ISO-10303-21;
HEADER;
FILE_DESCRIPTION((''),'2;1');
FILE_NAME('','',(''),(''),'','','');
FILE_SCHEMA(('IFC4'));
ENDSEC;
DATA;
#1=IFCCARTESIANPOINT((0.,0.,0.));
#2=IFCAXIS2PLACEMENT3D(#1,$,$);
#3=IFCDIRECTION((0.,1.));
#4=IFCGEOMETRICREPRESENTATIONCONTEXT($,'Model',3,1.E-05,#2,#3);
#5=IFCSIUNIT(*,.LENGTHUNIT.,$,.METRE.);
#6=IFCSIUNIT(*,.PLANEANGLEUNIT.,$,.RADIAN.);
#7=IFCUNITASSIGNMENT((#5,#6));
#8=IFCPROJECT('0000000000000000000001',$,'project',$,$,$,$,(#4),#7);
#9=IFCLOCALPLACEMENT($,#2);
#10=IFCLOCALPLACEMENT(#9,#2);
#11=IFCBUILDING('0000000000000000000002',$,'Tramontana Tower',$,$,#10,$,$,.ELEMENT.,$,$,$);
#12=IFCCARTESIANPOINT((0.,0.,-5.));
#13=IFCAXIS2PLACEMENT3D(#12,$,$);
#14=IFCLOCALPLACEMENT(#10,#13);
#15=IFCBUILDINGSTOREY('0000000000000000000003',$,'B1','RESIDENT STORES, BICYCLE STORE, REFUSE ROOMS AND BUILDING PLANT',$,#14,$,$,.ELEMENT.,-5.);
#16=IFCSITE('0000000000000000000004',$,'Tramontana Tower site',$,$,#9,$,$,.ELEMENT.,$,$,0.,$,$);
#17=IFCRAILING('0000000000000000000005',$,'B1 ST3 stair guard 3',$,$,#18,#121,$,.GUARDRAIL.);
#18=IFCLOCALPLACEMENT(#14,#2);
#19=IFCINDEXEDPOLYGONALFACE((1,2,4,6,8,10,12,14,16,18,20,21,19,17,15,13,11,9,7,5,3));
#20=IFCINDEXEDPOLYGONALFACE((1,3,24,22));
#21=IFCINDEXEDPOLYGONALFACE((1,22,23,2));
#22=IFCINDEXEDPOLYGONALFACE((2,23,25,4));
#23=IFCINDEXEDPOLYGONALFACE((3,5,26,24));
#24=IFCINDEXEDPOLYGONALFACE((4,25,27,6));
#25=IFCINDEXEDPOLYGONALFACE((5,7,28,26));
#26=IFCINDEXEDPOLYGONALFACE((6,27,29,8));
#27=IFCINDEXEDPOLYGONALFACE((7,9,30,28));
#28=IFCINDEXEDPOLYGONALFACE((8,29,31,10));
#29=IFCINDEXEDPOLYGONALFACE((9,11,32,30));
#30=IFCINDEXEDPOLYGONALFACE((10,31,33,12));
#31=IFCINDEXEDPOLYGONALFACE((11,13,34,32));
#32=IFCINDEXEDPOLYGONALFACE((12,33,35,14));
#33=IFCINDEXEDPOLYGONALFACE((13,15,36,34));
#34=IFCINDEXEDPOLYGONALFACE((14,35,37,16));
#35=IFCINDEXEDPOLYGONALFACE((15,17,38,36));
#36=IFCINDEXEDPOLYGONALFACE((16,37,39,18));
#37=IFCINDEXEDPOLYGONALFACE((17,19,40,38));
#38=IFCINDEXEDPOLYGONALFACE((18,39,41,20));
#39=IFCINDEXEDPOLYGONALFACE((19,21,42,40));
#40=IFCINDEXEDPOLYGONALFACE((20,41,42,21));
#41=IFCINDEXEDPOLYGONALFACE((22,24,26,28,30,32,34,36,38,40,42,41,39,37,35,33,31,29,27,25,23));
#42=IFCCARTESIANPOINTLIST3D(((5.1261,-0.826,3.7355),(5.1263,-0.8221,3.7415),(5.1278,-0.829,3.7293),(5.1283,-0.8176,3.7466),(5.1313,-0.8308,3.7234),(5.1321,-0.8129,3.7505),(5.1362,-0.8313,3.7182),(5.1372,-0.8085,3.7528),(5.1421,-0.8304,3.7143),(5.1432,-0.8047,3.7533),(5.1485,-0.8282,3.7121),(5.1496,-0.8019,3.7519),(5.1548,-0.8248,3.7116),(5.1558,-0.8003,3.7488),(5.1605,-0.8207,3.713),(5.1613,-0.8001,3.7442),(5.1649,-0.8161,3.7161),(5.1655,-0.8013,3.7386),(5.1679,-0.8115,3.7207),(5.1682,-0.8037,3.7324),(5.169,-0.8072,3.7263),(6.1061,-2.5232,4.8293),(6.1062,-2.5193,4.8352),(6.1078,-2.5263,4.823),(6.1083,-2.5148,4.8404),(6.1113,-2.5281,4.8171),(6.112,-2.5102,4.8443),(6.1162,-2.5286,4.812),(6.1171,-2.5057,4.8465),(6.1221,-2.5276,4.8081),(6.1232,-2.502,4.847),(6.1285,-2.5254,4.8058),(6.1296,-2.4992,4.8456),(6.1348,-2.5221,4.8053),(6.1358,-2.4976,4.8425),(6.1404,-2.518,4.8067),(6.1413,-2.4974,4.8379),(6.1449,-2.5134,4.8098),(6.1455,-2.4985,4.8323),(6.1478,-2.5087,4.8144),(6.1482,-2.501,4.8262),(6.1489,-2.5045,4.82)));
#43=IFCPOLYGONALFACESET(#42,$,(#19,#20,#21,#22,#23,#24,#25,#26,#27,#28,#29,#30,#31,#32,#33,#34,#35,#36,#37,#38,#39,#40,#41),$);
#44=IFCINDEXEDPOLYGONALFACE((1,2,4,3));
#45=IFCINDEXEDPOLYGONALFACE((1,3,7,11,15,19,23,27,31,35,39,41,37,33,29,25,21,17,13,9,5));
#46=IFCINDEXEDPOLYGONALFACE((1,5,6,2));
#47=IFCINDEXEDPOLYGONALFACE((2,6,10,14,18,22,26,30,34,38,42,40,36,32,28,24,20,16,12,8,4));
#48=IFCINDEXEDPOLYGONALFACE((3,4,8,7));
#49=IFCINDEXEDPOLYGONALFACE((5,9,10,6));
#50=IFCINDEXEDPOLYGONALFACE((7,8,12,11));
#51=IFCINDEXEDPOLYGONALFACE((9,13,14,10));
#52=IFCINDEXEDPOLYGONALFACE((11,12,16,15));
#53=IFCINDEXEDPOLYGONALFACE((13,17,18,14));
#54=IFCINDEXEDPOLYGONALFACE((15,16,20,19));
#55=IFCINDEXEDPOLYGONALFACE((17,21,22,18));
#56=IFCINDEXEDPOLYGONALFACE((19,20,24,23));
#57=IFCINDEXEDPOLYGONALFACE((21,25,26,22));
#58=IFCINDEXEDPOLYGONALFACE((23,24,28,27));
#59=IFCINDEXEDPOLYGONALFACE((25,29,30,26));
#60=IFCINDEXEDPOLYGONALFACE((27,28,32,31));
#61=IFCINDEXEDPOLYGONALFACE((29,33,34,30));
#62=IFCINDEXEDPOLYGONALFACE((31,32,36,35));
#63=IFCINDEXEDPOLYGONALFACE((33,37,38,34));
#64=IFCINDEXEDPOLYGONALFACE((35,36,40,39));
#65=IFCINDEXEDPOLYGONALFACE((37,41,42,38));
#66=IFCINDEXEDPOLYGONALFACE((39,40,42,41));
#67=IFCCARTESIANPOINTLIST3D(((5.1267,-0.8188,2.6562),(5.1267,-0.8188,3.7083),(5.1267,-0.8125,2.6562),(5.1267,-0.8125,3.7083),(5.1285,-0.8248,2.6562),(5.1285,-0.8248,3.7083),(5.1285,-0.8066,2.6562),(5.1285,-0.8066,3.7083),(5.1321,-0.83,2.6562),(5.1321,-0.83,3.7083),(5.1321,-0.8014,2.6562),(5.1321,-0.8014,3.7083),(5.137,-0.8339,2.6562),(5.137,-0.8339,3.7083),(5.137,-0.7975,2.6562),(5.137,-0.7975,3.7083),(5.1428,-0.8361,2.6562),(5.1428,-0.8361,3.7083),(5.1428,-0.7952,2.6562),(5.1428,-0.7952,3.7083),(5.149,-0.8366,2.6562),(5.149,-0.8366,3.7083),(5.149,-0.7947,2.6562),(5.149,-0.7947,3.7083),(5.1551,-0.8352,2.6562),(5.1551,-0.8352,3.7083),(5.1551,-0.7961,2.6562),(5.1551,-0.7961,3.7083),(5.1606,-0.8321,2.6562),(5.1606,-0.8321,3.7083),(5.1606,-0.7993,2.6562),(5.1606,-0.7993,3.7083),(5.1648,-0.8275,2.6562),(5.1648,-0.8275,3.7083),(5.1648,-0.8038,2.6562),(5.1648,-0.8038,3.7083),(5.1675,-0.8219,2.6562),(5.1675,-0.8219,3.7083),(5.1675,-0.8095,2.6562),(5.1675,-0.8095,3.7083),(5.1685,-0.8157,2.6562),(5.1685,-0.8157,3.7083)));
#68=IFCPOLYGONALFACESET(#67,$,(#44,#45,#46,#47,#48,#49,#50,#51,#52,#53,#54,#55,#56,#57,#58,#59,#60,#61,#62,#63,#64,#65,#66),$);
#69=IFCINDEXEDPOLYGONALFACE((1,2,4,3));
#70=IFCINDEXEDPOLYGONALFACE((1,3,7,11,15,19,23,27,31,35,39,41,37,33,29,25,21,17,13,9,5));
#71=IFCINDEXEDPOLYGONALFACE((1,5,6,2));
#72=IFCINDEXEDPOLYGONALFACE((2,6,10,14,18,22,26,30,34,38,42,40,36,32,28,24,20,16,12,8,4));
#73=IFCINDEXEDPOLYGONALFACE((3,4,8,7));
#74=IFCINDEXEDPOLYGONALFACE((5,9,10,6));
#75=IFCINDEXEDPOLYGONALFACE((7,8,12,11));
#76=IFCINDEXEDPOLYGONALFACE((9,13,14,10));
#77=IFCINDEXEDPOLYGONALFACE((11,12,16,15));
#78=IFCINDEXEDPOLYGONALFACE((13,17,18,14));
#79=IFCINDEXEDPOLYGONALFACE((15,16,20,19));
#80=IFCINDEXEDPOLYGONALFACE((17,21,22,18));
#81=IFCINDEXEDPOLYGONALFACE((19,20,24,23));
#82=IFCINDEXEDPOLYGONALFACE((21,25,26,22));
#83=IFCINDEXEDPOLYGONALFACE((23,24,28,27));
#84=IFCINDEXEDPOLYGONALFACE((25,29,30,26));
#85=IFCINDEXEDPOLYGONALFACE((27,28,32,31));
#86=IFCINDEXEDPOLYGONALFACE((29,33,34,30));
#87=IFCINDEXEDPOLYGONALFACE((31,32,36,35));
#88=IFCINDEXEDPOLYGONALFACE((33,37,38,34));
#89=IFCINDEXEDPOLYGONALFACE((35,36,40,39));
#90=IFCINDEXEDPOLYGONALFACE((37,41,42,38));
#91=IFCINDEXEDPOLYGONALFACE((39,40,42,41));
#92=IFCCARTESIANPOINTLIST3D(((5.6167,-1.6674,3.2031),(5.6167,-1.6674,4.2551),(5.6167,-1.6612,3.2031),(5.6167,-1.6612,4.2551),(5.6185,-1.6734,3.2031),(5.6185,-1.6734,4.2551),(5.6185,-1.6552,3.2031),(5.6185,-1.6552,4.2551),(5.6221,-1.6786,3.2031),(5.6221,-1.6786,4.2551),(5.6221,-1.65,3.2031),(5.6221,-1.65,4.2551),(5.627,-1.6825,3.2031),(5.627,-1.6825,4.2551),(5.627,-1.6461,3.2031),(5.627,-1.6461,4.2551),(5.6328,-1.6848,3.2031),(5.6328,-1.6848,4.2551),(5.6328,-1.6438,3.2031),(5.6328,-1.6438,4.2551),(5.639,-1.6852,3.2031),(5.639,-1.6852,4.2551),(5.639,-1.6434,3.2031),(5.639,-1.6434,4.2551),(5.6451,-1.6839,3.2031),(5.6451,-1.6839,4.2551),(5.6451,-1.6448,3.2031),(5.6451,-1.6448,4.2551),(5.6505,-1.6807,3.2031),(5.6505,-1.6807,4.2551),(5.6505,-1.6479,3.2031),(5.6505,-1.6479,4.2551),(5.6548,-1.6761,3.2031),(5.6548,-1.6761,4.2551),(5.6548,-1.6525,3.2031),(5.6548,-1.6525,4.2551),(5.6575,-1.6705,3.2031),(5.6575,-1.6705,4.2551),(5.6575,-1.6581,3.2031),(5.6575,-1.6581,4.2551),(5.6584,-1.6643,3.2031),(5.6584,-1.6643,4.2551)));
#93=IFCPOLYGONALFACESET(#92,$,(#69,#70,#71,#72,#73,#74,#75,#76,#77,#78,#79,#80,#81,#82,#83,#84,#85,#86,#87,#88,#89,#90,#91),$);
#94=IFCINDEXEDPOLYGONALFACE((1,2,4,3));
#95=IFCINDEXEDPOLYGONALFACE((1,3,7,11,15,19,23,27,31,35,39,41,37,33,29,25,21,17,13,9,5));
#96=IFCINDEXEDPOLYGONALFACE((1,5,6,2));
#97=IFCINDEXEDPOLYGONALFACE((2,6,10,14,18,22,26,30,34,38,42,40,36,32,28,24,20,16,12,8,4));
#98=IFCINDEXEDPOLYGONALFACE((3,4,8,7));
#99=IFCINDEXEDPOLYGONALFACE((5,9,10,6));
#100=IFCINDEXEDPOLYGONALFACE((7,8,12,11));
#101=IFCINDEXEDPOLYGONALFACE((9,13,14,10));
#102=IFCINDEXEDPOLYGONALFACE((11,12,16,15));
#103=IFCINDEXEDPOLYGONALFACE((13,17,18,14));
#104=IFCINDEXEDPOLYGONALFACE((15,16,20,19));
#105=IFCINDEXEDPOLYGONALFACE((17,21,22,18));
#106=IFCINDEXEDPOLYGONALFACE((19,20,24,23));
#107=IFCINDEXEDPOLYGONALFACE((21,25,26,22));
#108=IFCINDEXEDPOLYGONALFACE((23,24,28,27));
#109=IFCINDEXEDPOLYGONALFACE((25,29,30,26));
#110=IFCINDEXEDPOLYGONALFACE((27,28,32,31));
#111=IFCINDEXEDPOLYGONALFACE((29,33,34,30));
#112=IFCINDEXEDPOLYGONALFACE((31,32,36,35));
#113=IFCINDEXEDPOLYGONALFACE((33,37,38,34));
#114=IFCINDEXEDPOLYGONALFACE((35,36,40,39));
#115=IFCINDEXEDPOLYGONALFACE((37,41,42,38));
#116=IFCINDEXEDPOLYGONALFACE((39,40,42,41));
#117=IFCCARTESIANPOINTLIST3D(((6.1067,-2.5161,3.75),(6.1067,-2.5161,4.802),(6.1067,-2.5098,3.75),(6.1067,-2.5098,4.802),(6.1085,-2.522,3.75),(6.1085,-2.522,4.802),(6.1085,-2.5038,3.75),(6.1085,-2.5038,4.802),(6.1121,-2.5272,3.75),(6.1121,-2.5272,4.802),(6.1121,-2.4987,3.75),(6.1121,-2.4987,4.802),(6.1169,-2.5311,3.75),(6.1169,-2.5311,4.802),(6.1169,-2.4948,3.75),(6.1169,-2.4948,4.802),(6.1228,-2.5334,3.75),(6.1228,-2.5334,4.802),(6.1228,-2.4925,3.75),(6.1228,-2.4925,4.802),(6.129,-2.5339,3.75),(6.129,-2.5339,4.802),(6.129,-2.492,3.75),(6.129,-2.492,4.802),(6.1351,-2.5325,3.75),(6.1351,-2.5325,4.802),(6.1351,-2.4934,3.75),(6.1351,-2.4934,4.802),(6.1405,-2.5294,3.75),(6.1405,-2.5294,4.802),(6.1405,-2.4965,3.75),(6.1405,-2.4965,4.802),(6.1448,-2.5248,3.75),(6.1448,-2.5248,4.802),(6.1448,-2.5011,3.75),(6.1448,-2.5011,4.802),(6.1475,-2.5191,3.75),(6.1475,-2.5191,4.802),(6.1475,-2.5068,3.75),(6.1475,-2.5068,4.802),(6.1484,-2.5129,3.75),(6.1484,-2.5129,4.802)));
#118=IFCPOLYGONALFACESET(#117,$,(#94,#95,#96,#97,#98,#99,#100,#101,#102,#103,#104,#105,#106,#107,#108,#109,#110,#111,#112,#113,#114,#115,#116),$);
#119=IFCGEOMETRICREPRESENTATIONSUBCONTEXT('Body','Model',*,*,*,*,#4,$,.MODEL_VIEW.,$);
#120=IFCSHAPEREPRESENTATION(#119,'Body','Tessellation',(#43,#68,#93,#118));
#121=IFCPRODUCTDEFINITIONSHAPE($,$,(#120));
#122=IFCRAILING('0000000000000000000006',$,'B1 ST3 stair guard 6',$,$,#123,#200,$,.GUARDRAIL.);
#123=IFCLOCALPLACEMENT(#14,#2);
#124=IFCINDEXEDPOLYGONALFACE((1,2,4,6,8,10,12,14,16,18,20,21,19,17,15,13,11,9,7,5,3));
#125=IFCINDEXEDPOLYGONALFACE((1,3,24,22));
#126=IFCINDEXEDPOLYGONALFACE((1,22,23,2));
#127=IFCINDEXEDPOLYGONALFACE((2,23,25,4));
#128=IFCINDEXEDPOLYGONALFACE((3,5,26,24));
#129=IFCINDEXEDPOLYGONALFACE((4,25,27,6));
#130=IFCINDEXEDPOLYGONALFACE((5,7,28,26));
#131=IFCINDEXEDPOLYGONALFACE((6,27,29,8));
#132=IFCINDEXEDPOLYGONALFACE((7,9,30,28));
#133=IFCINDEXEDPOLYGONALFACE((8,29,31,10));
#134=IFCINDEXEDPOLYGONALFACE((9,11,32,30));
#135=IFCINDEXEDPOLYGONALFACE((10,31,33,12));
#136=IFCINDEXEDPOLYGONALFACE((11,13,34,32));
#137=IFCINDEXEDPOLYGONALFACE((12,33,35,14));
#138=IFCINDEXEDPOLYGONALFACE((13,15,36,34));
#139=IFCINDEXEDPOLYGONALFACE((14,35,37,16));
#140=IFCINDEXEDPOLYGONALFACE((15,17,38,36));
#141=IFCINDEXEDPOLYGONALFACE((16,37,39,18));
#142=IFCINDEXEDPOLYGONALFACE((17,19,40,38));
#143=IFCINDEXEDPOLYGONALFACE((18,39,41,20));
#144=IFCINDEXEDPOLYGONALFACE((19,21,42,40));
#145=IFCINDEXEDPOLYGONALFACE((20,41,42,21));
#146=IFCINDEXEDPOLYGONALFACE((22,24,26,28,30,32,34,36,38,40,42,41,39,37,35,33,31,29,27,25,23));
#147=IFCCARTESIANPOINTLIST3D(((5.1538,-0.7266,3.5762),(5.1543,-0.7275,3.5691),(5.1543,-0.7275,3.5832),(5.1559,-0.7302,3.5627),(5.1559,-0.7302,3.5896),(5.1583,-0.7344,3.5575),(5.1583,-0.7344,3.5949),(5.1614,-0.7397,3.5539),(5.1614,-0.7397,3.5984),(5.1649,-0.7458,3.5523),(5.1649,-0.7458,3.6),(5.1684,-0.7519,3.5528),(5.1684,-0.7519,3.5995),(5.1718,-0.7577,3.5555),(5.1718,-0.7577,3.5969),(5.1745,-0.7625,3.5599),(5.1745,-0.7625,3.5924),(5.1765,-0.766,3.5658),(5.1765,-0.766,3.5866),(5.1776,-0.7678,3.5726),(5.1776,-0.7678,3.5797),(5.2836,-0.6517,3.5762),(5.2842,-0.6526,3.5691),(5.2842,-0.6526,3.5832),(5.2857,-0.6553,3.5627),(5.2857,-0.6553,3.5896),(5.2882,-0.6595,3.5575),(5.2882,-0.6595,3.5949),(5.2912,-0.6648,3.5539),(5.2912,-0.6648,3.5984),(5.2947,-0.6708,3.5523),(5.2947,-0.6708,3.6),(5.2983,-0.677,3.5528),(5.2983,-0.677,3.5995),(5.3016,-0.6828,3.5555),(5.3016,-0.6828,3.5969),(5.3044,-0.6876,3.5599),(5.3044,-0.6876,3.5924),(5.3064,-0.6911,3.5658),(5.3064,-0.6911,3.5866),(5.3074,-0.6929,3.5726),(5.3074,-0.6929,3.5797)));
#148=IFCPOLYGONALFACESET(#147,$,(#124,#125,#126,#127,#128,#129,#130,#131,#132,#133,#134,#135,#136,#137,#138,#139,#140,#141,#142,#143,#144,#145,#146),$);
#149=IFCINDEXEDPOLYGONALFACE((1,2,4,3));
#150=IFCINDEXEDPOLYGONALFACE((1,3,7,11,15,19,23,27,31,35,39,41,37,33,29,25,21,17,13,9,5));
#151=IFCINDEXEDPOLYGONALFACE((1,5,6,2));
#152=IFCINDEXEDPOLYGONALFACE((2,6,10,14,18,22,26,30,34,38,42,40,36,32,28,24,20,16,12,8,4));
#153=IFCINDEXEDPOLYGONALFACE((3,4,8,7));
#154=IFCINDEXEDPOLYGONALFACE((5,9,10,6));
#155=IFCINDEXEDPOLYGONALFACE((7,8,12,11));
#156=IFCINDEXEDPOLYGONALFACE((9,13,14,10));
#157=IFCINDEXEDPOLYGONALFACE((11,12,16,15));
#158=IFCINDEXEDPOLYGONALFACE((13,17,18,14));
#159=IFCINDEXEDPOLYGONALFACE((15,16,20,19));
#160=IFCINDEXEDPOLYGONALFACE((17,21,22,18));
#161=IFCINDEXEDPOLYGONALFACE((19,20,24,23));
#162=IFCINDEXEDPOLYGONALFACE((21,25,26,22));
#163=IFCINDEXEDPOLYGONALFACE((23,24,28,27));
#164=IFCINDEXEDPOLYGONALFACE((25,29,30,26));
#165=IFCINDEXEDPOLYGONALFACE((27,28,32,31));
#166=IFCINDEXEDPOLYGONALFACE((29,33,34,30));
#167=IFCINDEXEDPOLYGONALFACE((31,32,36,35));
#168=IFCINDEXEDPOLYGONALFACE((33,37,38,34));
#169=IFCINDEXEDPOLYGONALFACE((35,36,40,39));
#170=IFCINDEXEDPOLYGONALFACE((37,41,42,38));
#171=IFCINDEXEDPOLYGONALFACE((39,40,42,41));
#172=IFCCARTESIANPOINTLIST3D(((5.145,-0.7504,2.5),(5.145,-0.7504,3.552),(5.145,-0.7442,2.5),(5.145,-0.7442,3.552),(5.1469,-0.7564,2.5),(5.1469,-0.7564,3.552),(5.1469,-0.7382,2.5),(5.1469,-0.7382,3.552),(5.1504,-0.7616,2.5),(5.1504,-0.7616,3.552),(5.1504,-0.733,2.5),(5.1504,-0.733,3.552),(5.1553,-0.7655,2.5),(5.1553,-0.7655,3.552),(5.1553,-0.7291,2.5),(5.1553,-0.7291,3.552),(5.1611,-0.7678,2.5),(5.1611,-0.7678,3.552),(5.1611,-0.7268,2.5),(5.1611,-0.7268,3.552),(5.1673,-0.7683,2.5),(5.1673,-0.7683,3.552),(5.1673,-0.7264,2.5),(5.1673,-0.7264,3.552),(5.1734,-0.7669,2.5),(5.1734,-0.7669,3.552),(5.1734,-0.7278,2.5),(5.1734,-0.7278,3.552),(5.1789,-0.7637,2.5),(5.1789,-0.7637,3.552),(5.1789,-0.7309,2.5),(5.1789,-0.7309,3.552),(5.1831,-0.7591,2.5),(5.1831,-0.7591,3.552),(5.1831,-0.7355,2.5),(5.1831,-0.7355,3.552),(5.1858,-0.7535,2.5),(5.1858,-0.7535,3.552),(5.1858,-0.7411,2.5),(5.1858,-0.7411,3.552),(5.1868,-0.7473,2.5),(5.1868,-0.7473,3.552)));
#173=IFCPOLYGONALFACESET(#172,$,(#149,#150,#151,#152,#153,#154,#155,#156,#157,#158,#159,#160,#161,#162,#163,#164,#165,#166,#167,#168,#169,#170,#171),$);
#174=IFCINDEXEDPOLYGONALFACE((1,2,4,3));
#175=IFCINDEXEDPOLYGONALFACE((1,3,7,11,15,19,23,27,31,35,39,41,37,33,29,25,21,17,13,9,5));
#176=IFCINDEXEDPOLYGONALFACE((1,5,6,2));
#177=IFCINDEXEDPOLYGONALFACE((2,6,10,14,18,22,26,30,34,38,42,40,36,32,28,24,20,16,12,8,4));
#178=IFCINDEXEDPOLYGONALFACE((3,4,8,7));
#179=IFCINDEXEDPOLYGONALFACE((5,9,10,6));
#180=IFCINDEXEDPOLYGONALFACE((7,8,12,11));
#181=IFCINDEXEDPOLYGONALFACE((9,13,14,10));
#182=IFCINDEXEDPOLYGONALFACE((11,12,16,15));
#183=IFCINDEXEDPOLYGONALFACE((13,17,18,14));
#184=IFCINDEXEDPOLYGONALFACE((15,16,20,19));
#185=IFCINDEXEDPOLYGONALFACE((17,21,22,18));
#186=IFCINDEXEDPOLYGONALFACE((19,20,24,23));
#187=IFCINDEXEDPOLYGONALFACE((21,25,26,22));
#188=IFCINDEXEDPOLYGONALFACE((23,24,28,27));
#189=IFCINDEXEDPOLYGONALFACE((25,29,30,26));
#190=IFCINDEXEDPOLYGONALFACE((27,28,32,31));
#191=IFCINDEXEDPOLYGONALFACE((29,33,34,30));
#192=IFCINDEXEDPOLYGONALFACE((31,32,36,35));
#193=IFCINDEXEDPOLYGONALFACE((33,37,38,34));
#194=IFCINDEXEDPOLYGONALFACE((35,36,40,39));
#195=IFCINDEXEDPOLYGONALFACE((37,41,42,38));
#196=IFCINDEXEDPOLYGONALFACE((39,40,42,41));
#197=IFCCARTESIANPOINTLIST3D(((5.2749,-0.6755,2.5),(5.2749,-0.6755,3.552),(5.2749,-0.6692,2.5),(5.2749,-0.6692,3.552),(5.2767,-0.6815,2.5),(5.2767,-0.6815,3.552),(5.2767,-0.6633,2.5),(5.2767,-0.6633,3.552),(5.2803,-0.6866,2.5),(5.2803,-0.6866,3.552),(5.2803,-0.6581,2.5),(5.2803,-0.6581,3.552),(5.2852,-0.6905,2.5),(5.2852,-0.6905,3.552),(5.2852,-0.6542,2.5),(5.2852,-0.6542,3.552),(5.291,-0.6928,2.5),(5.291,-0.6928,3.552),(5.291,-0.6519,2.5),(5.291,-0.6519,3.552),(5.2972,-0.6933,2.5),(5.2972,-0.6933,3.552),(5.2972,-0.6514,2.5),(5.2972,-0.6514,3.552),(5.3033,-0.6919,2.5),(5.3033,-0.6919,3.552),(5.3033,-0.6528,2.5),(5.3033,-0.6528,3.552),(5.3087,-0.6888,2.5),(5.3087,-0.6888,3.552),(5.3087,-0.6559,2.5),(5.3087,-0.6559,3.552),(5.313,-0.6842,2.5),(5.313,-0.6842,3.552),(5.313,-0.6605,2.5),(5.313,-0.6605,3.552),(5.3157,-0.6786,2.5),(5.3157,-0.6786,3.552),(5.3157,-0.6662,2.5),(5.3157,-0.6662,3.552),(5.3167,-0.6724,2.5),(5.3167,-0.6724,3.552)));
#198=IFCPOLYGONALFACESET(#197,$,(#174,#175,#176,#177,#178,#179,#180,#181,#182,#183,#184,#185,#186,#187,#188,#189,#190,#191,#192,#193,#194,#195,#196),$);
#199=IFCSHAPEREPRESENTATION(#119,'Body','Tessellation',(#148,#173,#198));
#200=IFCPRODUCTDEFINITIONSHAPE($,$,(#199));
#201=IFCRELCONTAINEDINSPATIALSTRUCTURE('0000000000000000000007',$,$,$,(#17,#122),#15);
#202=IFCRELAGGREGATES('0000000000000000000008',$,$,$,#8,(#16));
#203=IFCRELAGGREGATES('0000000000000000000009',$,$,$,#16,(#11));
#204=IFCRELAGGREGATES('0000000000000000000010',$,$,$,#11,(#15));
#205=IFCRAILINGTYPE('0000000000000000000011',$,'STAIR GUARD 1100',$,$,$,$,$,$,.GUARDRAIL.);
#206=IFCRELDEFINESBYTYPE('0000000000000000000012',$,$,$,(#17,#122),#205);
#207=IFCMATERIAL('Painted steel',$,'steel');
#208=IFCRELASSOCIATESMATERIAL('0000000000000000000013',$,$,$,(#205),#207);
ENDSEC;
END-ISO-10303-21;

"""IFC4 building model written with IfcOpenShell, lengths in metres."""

from ifc_helpers import new_model, si_unit, direction, frame, origin, origin_2d, place, context, subcontext, project, spatial, circle, extrude, material, type_object, element, save


model = new_model("IFC4")

# Units and contexts
model_context = context("Model", 3, precision=1e-05, world=origin(), true_north=direction((0.0, 1.0)))
body_context = subcontext(model_context, "Body", "Model", "MODEL_VIEW")
ifc_project = project(units=[si_unit("LENGTHUNIT", "METRE"), si_unit("PLANEANGLEUNIT", "RADIAN")], contexts=[model_context])

# Site, building, storey
site_placement = place(None, origin())
site = spatial("IfcSite", under=ifc_project, at=site_placement, Name="Tramontana Tower site", CompositionType="ELEMENT", RefElevation=0.0)
building_placement = place(site_placement, origin())
building = spatial("IfcBuilding", under=site, at=building_placement, Name="Tramontana Tower", CompositionType="ELEMENT")
storey_placement = place(building_placement, frame((0.0, 0.0, -5.0)))
storey = spatial("IfcBuildingStorey", under=building, at=storey_placement, Name="B1", Description="RESIDENT STORES, BICYCLE STORE, REFUSE ROOMS AND BUILDING PLANT", CompositionType="ELEMENT", Elevation=-5.0)

# Railings
ifc_material_1 = material(Name="Painted steel", Category="steel")
railing_type = type_object("IfcRailingType", Name="STAIR GUARD 1100", PredefinedType="GUARDRAIL", material=ifc_material_1)
for number, where, name in (
    (1, (5.1475, -0.8157, 2.6562), "B1 ST3 stair guard 3"),
):
    element("IfcRailing", number, at=place(storey_placement, frame(where)), inside=storey, type_object=railing_type, Name=name, PredefinedType="GUARDRAIL", context=body_context, shape_type="SweptSolid", body=[
        extrude(circle(Radius=0.0239, at=origin_2d()), frame((0.0, 0.0, 1.0762), z_axis=(0.436632, -0.75622, 0.487323), x_axis=(0.866011, 0.500024, 0.0)), (0.0, 0.0, 1.0), 2.2444),
        extrude(circle(Radius=0.021, at=origin_2d()), origin(), (0.0, 0.0, 1.0), 1.052),
        extrude(circle(Radius=0.021, at=origin_2d()), frame((0.49, -0.8486, 0.5469)), (0.0, 0.0, 1.0), 1.052),
        extrude(circle(Radius=0.021, at=origin_2d()), frame((0.98, -1.6973, 1.0938)), (0.0, 0.0, 1.0), 1.052),
    ])
for number, where, name in (
    (2, (5.1658, -0.7473, 2.5), "B1 ST3 stair guard 6"),
):
    element("IfcRailing", number, at=place(storey_placement, frame(where)), inside=storey, type_object=railing_type, Name=name, PredefinedType="GUARDRAIL", context=body_context, shape_type="SweptSolid", body=[
        extrude(circle(Radius=0.0239, at=origin_2d()), frame((0.0, 0.0, 1.0762), z_axis=(0.866131, 0.499816, 0.0), x_axis=(-0.499816, 0.866131, 0.0)), (0.0, 0.0, 1.0), 0.1499),
        extrude(circle(Radius=0.021, at=origin_2d()), origin(), (0.0, 0.0, 1.0), 1.052),
        extrude(circle(Radius=0.021, at=origin_2d()), frame((0.1299, 0.075, 0.0)), (0.0, 0.0, 1.0), 1.052),
    ])

save(model, "model.ifc")
